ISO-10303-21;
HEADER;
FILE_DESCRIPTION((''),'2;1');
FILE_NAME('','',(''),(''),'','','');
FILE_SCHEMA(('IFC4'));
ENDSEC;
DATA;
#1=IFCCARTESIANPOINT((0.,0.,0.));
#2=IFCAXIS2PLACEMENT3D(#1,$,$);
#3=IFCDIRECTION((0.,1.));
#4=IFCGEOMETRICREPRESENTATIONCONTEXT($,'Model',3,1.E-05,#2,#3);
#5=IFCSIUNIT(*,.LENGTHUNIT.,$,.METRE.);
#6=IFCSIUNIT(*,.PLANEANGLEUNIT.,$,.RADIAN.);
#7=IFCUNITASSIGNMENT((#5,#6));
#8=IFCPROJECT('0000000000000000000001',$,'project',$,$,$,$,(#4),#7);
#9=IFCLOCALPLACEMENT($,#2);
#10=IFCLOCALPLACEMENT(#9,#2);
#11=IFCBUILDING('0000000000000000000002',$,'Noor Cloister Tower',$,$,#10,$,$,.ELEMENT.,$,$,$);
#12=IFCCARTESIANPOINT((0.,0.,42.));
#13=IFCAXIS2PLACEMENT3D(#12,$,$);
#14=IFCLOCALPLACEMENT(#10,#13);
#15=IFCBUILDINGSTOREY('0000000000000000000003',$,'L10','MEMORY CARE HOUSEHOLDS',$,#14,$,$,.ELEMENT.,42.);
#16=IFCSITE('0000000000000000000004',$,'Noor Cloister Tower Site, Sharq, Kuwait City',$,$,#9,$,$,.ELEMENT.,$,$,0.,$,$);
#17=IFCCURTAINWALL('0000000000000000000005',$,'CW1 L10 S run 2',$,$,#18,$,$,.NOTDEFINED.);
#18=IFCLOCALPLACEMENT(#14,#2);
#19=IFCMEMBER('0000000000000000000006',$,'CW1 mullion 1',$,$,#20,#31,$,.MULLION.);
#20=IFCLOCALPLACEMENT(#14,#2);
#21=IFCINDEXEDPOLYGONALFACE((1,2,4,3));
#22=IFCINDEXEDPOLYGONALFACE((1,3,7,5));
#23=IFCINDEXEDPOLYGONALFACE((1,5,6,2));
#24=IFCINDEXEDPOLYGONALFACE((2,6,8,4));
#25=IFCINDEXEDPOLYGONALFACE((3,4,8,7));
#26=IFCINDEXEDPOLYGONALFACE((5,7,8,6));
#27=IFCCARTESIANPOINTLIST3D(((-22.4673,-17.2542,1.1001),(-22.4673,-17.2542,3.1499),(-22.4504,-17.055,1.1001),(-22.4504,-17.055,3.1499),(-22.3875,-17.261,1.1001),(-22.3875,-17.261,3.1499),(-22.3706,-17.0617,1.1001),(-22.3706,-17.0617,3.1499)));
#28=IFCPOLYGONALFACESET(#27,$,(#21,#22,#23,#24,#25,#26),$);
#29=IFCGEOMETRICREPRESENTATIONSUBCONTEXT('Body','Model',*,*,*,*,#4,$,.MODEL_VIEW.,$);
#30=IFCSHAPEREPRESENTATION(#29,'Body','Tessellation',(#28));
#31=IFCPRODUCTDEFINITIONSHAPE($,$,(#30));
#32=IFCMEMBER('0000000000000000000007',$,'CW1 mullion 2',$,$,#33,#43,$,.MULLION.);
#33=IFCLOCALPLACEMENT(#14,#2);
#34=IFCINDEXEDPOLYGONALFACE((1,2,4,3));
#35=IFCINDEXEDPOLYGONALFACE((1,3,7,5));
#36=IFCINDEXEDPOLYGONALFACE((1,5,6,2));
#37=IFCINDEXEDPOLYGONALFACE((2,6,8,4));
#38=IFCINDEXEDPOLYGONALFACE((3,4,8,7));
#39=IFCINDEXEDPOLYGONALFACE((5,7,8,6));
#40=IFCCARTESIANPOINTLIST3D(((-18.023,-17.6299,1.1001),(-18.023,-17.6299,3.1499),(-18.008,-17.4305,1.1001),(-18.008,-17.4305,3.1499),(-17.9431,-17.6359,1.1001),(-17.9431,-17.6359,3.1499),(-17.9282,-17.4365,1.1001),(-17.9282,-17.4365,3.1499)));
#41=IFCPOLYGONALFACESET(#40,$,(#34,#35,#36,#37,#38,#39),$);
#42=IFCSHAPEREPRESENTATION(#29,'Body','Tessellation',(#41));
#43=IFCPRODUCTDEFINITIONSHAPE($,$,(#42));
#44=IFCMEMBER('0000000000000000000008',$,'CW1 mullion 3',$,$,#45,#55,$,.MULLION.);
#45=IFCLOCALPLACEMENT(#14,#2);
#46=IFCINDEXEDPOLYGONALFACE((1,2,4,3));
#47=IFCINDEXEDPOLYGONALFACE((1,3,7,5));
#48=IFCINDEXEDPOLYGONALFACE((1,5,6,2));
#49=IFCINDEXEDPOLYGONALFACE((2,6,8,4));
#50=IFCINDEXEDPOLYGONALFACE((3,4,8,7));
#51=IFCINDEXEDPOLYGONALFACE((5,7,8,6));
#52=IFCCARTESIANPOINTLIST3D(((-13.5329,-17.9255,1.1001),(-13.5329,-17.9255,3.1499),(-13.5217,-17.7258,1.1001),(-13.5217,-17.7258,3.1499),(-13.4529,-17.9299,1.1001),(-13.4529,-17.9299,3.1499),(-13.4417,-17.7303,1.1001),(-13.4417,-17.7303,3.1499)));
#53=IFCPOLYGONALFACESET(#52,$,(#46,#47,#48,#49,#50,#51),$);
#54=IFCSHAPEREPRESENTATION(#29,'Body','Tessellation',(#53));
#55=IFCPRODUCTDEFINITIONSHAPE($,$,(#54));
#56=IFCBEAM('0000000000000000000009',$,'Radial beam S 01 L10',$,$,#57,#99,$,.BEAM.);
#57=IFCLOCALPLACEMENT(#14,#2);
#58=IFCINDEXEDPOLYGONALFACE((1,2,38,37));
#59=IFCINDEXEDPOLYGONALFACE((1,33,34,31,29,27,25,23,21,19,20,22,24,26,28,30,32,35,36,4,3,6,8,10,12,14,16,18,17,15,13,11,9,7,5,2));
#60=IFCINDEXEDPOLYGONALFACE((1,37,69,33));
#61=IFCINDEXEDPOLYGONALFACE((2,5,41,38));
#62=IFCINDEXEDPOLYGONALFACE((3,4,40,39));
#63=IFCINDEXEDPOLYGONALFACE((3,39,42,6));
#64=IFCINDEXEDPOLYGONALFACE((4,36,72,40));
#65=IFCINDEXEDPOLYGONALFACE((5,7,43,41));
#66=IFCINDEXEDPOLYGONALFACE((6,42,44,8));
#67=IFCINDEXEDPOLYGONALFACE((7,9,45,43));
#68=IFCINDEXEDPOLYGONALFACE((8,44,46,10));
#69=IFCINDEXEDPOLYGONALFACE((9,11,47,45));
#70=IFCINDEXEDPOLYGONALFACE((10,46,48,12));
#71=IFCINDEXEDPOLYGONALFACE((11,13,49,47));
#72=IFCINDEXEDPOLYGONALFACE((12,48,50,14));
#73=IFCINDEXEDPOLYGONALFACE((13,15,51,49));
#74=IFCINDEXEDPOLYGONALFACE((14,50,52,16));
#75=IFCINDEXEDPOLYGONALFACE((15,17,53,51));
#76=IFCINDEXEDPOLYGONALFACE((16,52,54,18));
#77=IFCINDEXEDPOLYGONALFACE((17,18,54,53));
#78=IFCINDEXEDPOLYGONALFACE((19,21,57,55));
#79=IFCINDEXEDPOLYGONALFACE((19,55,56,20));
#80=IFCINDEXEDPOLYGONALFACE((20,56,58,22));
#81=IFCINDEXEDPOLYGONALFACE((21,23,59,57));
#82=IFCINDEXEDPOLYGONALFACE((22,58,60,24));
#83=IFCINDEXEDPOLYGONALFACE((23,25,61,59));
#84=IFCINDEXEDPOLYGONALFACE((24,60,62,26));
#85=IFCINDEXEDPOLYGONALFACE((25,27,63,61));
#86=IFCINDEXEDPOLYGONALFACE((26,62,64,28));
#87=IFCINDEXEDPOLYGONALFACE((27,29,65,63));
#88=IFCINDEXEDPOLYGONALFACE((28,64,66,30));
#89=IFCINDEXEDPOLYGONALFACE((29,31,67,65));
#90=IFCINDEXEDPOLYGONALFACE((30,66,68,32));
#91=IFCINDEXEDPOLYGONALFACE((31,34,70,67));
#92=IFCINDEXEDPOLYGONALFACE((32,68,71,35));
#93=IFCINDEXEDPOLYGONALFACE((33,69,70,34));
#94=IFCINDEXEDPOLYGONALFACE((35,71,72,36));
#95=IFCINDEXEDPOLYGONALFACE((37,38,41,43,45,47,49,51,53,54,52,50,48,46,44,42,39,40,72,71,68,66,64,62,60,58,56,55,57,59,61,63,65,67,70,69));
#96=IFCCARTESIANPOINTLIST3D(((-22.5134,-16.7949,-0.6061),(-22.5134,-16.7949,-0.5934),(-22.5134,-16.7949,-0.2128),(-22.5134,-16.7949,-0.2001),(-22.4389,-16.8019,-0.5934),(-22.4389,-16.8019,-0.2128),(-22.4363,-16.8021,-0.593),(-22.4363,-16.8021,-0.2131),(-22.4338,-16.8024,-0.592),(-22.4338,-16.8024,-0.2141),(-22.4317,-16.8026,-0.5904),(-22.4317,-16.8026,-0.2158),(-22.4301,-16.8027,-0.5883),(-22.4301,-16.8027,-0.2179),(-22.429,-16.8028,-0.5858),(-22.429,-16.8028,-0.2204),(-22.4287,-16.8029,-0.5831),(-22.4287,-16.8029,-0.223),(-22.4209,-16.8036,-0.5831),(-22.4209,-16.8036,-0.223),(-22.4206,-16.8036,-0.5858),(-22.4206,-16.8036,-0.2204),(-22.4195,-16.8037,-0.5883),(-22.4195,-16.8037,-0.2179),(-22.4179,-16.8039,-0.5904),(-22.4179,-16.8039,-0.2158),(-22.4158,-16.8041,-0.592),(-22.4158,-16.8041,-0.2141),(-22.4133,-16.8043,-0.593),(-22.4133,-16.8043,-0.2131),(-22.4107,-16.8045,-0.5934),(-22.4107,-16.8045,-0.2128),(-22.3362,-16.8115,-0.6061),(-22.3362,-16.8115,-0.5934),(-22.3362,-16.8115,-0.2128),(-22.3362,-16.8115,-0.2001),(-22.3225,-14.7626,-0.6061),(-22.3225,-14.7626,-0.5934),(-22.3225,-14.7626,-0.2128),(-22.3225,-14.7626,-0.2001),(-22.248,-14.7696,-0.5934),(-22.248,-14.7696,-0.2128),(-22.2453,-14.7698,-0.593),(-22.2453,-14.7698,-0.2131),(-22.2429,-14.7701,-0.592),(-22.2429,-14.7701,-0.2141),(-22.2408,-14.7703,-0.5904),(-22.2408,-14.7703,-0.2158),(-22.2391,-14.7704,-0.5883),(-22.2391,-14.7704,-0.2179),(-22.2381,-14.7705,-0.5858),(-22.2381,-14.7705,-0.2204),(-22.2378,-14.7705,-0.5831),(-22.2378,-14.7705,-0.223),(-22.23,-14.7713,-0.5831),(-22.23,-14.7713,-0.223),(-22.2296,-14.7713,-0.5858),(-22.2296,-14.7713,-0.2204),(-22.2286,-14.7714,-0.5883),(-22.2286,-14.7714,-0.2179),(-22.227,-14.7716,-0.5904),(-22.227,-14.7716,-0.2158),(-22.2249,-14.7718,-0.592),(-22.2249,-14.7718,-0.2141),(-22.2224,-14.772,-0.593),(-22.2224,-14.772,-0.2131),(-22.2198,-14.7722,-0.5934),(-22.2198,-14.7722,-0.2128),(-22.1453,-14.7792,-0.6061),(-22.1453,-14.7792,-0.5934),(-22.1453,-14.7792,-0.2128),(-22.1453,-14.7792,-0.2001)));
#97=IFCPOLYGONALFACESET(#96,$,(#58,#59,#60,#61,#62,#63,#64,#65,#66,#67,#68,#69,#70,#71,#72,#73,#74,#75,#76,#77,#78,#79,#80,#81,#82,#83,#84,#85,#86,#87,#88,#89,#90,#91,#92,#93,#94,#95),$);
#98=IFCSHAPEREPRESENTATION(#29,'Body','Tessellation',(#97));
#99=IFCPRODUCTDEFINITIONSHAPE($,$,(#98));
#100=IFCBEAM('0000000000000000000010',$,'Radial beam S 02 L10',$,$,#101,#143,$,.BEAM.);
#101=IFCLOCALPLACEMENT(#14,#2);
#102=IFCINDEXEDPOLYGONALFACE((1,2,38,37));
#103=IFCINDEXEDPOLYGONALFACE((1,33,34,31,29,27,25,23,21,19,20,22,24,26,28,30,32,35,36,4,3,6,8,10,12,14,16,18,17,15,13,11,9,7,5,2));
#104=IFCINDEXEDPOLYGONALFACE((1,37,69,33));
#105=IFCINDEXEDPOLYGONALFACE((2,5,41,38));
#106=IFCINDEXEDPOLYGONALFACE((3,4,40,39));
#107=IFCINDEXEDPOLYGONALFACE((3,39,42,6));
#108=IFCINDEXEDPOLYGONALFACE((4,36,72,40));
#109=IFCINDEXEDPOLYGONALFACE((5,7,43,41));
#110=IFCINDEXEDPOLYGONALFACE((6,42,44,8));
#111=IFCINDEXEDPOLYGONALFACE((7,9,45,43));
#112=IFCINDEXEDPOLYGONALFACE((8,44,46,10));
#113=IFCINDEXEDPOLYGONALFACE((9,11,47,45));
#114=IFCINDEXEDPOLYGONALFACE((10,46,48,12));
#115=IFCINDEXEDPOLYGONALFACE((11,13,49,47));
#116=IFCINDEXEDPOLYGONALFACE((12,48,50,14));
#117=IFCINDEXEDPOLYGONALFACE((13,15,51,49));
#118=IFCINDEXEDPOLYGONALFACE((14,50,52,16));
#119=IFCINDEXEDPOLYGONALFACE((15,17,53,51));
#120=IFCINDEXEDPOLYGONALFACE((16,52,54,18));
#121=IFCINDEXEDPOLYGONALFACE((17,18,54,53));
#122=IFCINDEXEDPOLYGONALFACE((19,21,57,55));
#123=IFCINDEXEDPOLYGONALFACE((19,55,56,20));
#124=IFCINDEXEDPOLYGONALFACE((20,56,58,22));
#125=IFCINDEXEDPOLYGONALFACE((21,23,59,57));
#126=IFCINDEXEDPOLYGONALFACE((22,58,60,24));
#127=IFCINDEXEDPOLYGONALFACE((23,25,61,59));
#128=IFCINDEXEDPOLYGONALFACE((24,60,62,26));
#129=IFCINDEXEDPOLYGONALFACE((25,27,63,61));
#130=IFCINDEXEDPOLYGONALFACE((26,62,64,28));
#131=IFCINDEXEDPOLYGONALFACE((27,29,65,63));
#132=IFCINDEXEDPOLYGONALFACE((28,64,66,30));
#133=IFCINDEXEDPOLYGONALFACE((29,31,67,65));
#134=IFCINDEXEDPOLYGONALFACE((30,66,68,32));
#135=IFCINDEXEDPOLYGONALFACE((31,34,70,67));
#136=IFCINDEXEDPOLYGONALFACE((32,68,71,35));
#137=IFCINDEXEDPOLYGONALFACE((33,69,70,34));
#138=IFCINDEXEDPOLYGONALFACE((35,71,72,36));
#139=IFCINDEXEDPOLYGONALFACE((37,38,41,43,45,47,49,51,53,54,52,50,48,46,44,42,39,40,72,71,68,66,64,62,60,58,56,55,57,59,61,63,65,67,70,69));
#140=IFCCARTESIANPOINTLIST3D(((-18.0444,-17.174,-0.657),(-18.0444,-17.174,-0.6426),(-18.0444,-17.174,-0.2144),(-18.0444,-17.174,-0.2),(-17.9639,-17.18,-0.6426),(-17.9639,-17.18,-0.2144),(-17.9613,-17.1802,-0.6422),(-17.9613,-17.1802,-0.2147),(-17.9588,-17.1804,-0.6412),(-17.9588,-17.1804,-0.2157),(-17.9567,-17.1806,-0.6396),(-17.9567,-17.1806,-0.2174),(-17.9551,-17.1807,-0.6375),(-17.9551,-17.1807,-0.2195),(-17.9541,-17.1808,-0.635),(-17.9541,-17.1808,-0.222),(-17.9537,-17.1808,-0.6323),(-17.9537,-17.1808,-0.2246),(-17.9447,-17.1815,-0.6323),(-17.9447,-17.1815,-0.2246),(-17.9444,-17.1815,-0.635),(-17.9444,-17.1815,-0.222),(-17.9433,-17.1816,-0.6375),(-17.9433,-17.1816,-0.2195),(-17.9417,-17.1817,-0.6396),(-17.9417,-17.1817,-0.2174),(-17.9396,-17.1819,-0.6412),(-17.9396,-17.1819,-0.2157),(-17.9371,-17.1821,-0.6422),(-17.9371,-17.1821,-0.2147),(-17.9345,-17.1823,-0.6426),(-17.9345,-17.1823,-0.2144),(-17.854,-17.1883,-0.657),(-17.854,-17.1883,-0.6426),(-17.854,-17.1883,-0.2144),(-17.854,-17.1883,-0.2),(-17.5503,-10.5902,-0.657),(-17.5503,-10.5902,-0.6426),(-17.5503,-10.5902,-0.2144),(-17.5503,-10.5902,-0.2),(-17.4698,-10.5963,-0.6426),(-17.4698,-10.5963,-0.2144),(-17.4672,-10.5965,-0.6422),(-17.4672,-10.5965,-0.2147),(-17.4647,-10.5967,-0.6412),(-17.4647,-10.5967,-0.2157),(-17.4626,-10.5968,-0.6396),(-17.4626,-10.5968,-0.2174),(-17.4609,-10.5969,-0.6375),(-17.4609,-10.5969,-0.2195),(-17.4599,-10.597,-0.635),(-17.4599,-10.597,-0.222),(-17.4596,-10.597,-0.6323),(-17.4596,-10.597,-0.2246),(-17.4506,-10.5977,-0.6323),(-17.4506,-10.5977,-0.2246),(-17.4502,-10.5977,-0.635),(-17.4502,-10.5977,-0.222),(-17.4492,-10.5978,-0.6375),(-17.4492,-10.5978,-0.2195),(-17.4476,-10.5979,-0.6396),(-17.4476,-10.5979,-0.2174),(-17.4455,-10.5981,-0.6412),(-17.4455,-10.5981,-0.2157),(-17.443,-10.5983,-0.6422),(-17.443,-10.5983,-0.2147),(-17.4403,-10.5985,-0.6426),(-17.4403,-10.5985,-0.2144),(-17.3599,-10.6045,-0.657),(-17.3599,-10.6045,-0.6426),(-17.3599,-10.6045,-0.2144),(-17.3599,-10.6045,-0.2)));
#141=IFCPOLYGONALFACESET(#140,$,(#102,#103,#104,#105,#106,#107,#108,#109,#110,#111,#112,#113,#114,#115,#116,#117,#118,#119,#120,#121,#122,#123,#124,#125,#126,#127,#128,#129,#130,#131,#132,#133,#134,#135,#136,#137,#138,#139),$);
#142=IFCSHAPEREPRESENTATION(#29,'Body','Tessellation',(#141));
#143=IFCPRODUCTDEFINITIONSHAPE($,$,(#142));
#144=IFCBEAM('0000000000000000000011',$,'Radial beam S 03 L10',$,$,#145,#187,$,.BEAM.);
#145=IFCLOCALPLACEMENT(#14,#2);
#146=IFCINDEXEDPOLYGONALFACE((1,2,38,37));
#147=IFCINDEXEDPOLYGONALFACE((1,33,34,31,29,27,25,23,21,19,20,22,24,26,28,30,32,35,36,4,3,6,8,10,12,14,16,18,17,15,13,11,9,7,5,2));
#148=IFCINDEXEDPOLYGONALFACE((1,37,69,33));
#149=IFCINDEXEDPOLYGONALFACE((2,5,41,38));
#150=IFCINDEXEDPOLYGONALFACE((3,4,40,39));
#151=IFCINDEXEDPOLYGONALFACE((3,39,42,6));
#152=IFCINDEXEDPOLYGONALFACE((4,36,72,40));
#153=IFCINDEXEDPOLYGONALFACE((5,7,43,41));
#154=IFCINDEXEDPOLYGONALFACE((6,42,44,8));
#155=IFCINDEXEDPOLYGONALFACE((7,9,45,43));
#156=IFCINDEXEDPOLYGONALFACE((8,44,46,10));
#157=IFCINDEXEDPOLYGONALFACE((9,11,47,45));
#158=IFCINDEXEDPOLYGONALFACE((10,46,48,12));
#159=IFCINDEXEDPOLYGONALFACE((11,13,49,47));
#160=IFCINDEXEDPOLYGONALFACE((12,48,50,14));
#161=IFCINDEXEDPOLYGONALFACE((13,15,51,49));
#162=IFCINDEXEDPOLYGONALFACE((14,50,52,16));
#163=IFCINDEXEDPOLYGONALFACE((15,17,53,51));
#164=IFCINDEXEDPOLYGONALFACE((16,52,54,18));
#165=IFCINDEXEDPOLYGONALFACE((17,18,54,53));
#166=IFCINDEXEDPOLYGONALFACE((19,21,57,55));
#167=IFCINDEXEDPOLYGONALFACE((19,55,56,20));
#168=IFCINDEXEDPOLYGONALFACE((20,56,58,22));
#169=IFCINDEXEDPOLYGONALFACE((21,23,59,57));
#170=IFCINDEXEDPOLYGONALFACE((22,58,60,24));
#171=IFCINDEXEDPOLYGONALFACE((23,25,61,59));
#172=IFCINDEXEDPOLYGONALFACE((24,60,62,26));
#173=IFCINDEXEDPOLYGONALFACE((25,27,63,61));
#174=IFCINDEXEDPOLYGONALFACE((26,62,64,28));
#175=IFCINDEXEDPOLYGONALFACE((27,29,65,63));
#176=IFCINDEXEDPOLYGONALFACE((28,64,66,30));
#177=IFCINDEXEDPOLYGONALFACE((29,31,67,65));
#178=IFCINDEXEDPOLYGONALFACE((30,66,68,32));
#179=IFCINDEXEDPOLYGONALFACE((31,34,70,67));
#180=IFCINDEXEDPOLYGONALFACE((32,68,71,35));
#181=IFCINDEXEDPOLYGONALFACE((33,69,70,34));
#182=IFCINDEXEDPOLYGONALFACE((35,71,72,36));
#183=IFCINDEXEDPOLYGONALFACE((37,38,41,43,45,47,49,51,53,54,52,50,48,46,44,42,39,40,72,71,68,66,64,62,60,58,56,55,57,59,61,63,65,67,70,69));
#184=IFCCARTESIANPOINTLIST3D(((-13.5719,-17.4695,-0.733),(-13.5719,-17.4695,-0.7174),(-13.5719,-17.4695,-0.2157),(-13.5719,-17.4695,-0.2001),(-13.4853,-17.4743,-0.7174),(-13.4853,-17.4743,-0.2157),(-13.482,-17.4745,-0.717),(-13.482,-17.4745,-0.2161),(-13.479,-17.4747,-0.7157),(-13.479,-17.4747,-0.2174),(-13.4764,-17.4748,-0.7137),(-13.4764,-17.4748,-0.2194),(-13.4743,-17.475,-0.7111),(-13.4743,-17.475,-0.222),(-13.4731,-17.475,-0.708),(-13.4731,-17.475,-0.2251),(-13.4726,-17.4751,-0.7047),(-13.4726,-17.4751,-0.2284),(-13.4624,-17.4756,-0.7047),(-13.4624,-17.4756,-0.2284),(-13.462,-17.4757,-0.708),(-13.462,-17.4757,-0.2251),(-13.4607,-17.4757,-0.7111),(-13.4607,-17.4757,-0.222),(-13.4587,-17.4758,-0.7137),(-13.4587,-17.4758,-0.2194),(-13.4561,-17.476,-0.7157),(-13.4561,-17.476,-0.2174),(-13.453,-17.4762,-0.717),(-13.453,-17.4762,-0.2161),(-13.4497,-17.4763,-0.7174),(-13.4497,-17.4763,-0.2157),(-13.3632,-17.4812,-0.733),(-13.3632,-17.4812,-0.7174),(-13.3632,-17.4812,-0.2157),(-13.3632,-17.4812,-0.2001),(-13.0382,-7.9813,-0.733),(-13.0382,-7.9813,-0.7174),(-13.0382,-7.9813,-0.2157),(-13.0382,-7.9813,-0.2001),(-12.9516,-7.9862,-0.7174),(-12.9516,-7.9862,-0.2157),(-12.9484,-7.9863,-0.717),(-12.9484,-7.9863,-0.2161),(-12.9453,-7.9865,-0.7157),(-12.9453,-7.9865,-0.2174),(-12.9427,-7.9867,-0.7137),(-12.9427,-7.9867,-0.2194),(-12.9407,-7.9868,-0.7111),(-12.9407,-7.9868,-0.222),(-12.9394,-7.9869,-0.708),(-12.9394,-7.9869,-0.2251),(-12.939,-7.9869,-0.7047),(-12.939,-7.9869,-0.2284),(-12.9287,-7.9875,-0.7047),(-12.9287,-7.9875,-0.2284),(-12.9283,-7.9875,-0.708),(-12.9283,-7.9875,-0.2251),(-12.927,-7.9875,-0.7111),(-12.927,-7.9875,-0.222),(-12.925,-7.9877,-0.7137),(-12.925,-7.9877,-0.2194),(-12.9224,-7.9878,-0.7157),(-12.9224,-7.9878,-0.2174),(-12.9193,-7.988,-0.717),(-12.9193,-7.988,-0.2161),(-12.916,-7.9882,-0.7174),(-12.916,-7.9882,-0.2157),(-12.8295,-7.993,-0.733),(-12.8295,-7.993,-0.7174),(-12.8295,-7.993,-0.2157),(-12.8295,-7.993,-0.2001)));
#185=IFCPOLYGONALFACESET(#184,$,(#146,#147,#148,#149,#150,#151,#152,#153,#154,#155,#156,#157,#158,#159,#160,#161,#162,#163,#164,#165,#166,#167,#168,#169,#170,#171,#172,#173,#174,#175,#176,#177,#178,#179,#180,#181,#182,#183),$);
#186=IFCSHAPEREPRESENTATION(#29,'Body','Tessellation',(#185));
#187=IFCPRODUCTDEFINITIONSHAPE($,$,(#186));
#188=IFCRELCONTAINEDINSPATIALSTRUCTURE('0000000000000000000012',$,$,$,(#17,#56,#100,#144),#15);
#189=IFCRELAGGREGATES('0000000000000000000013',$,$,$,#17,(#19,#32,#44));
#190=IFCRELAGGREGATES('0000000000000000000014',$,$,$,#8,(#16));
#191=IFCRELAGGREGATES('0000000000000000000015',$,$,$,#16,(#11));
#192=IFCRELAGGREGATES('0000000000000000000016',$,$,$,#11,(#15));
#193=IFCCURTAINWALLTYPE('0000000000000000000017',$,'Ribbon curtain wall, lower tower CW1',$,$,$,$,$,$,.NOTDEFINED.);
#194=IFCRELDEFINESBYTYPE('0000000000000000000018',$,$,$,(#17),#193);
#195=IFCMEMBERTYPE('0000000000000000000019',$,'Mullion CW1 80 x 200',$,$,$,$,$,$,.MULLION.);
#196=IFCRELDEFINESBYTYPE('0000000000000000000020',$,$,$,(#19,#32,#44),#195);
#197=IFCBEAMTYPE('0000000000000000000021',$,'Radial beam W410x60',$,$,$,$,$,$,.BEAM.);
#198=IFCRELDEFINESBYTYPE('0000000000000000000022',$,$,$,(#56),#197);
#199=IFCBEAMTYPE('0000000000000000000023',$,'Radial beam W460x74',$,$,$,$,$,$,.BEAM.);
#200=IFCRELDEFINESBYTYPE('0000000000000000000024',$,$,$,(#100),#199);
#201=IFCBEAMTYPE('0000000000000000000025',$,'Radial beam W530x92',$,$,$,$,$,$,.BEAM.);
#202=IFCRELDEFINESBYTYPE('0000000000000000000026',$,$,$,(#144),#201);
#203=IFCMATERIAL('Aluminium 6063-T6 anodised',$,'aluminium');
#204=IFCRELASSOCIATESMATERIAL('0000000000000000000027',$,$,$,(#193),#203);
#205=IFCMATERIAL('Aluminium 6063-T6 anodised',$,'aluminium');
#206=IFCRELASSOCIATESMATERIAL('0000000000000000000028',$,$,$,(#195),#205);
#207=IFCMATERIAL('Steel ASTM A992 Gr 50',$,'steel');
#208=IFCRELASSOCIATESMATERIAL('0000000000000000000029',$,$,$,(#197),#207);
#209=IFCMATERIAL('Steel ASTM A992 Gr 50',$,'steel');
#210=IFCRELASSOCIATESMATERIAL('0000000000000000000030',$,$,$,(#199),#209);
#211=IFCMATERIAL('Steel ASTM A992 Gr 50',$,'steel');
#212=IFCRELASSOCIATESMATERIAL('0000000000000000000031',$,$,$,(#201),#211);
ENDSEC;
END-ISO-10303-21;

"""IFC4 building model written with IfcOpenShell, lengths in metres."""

from ifc_helpers import new_model, si_unit, direction, frame, origin, origin_2d, place, context, subcontext, project, spatial, rectangle, i_section, extrude, material, material_profile, profile_set, type_object, element, aggregate, save


model = new_model("IFC4")

# Units and contexts
model_context = context("Model", 3, precision=1e-05, world=origin(), true_north=direction((0.0, 1.0)))
body_context = subcontext(model_context, "Body", "Model", "MODEL_VIEW")
ifc_project = project(units=[si_unit("LENGTHUNIT", "METRE"), si_unit("PLANEANGLEUNIT", "RADIAN")], contexts=[model_context])

# Site, building, storey
site_placement = place(None, origin())
site = spatial("IfcSite", under=ifc_project, at=site_placement, Name="Noor Cloister Tower Site, Sharq, Kuwait City", CompositionType="ELEMENT", RefElevation=0.0)
building_placement = place(site_placement, origin())
building = spatial("IfcBuilding", under=site, at=building_placement, Name="Noor Cloister Tower", CompositionType="ELEMENT")
storey_placement = place(building_placement, frame((0.0, 0.0, 42.0)))
storey = spatial("IfcBuildingStorey", under=building, at=storey_placement, Name="L10", Description="MEMORY CARE HOUSEHOLDS", CompositionType="ELEMENT", Elevation=42.0)

# Curtain wall, members
ifc_material_1 = material(Name="Aluminium 6063-T6 anodised", Category="aluminium")
curtain_wall_type = type_object("IfcCurtainWallType", Name="Ribbon curtain wall, lower tower CW1", PredefinedType="NOTDEFINED", material=ifc_material_1)
curtain_wall_placement = place(storey_placement, origin())
curtain_wall = element("IfcCurtainWall", 1, at=curtain_wall_placement, inside=storey, type_object=curtain_wall_type, Name="CW1 L10 S run 2", PredefinedType="NOTDEFINED")
ifc_material_2 = material(Name="Aluminium 6063-T6 anodised", Category="aluminium")
ifc_material_profile_1 = material_profile(ifc_material_2, rectangle(XDim=0.2, YDim=0.0801, at=origin_2d()), Name="200 x 80 mullion")
ifc_profile_set_1 = profile_set([ifc_material_profile_1], Name="Aluminium 6063-T6 anodised")
member_type = type_object("IfcMemberType", Name="Mullion CW1 80 x 200", PredefinedType="MULLION", material=ifc_profile_set_1)
member_1_placement = place(storey_placement, frame((-22.4189, -17.158, 1.1001), z_axis=(0.0, 0.0, 1.0), x_axis=(0.084174, 0.996451, 0.0)))
member_1 = element("IfcMember", 2, at=member_1_placement, type_object=member_type, Name="CW1 mullion 1", PredefinedType="MULLION", context=body_context, shape_type="SweptSolid", body=[
    extrude(rectangle(XDim=0.2, YDim=0.0801, at=origin_2d()), origin(), (0.0, 0.0, 1.0), 2.0498),
])
member_2_placement = place(storey_placement, frame((-17.9756, -17.5332, 1.1001), z_axis=(0.0, 0.0, 1.0), x_axis=(0.07484, 0.997196, 0.0)))
member_2 = element("IfcMember", 3, at=member_2_placement, type_object=member_type, Name="CW1 mullion 2", PredefinedType="MULLION", context=body_context, shape_type="SweptSolid", body=[
    extrude(rectangle(XDim=0.2, YDim=0.0801, at=origin_2d()), origin(), (0.0, 0.0, 1.0), 2.0498),
])
member_3_placement = place(storey_placement, frame((-13.4873, -17.8279, 1.1001), z_axis=(0.0, 0.0, 1.0), x_axis=(0.056153, 0.998422, 0.0)))
member_3 = element("IfcMember", 4, at=member_3_placement, type_object=member_type, Name="CW1 mullion 3", PredefinedType="MULLION", context=body_context, shape_type="SweptSolid", body=[
    extrude(rectangle(XDim=0.2, YDim=0.0801, at=origin_2d()), origin(), (0.0, 0.0, 1.0), 2.0498),
])

# Beams
ifc_material_3 = material(Name="Steel ASTM A992 Gr 50", Category="steel")
ifc_material_profile_2 = material_profile(ifc_material_3, i_section(OverallWidth=0.178, OverallDepth=0.406, WebThickness=0.0078, FlangeThickness=0.0127, FilletRadius=0.0103, at=origin_2d()), Name="W410x60")
ifc_profile_set_2 = profile_set([ifc_material_profile_2], Name="Steel ASTM A992 Gr 50")
beam_type_1 = type_object("IfcBeamType", Name="Radial beam W410x60", PredefinedType="BEAM", material=ifc_profile_set_2)
beam_1_placement = place(storey_placement, frame((-22.4248, -16.8032, -0.4031), z_axis=(0.093533, 0.995616, 0.0), x_axis=(-0.995616, 0.093533, 0.0)))
element("IfcBeam", 5, at=beam_1_placement, inside=storey, type_object=beam_type_1, Name="Radial beam S 01 L10", PredefinedType="BEAM", context=body_context, shape_type="SweptSolid", body=[
    extrude(i_section(OverallWidth=0.178, OverallDepth=0.406, WebThickness=0.0078, FlangeThickness=0.0127, FilletRadius=0.0103, at=origin_2d()), origin(), (0.0, 0.0, 1.0), 2.0413),
])
ifc_material_4 = material(Name="Steel ASTM A992 Gr 50", Category="steel")
ifc_material_profile_3 = material_profile(ifc_material_4, i_section(OverallWidth=0.1909, OverallDepth=0.457, WebThickness=0.009, FlangeThickness=0.0144, FilletRadius=0.0103, at=origin_2d()), Name="W460x74")
ifc_profile_set_3 = profile_set([ifc_material_profile_3], Name="Steel ASTM A992 Gr 50")
beam_type_2 = type_object("IfcBeamType", Name="Radial beam W460x74", PredefinedType="BEAM", material=ifc_profile_set_3)
beam_2_placement = place(storey_placement, frame((-17.9492, -17.1812, -0.4285), z_axis=(0.074844, 0.997195, 0.0), x_axis=(-0.997195, 0.074844, 0.0)))
element("IfcBeam", 6, at=beam_2_placement, inside=storey, type_object=beam_type_2, Name="Radial beam S 02 L10", PredefinedType="BEAM", context=body_context, shape_type="SweptSolid", body=[
    extrude(i_section(OverallWidth=0.1909, OverallDepth=0.457, WebThickness=0.009, FlangeThickness=0.0144, FilletRadius=0.0103, at=origin_2d()), origin(), (0.0, 0.0, 1.0), 6.6023),
])
ifc_material_5 = material(Name="Steel ASTM A992 Gr 50", Category="steel")
ifc_material_profile_4 = material_profile(ifc_material_5, i_section(OverallWidth=0.209, OverallDepth=0.533, WebThickness=0.0103, FlangeThickness=0.0156, FilletRadius=0.0127, at=origin_2d()), Name="W530x92")
ifc_profile_set_4 = profile_set([ifc_material_profile_4], Name="Steel ASTM A992 Gr 50")
beam_type_3 = type_object("IfcBeamType", Name="Radial beam W530x92", PredefinedType="BEAM", material=ifc_profile_set_4)
beam_3_placement = place(storey_placement, frame((-13.4675, -17.4753, -0.4666), z_axis=(0.056159, 0.998422, 0.0), x_axis=(-0.998422, 0.056159, 0.0)))
element("IfcBeam", 7, at=beam_3_placement, inside=storey, type_object=beam_type_3, Name="Radial beam S 03 L10", PredefinedType="BEAM", context=body_context, shape_type="SweptSolid", body=[
    extrude(i_section(OverallWidth=0.209, OverallDepth=0.533, WebThickness=0.0103, FlangeThickness=0.0156, FilletRadius=0.0127, at=origin_2d()), origin(), (0.0, 0.0, 1.0), 9.5032),
])

aggregate(curtain_wall, [member_1, member_2, member_3])

save(model, "model.ifc")
